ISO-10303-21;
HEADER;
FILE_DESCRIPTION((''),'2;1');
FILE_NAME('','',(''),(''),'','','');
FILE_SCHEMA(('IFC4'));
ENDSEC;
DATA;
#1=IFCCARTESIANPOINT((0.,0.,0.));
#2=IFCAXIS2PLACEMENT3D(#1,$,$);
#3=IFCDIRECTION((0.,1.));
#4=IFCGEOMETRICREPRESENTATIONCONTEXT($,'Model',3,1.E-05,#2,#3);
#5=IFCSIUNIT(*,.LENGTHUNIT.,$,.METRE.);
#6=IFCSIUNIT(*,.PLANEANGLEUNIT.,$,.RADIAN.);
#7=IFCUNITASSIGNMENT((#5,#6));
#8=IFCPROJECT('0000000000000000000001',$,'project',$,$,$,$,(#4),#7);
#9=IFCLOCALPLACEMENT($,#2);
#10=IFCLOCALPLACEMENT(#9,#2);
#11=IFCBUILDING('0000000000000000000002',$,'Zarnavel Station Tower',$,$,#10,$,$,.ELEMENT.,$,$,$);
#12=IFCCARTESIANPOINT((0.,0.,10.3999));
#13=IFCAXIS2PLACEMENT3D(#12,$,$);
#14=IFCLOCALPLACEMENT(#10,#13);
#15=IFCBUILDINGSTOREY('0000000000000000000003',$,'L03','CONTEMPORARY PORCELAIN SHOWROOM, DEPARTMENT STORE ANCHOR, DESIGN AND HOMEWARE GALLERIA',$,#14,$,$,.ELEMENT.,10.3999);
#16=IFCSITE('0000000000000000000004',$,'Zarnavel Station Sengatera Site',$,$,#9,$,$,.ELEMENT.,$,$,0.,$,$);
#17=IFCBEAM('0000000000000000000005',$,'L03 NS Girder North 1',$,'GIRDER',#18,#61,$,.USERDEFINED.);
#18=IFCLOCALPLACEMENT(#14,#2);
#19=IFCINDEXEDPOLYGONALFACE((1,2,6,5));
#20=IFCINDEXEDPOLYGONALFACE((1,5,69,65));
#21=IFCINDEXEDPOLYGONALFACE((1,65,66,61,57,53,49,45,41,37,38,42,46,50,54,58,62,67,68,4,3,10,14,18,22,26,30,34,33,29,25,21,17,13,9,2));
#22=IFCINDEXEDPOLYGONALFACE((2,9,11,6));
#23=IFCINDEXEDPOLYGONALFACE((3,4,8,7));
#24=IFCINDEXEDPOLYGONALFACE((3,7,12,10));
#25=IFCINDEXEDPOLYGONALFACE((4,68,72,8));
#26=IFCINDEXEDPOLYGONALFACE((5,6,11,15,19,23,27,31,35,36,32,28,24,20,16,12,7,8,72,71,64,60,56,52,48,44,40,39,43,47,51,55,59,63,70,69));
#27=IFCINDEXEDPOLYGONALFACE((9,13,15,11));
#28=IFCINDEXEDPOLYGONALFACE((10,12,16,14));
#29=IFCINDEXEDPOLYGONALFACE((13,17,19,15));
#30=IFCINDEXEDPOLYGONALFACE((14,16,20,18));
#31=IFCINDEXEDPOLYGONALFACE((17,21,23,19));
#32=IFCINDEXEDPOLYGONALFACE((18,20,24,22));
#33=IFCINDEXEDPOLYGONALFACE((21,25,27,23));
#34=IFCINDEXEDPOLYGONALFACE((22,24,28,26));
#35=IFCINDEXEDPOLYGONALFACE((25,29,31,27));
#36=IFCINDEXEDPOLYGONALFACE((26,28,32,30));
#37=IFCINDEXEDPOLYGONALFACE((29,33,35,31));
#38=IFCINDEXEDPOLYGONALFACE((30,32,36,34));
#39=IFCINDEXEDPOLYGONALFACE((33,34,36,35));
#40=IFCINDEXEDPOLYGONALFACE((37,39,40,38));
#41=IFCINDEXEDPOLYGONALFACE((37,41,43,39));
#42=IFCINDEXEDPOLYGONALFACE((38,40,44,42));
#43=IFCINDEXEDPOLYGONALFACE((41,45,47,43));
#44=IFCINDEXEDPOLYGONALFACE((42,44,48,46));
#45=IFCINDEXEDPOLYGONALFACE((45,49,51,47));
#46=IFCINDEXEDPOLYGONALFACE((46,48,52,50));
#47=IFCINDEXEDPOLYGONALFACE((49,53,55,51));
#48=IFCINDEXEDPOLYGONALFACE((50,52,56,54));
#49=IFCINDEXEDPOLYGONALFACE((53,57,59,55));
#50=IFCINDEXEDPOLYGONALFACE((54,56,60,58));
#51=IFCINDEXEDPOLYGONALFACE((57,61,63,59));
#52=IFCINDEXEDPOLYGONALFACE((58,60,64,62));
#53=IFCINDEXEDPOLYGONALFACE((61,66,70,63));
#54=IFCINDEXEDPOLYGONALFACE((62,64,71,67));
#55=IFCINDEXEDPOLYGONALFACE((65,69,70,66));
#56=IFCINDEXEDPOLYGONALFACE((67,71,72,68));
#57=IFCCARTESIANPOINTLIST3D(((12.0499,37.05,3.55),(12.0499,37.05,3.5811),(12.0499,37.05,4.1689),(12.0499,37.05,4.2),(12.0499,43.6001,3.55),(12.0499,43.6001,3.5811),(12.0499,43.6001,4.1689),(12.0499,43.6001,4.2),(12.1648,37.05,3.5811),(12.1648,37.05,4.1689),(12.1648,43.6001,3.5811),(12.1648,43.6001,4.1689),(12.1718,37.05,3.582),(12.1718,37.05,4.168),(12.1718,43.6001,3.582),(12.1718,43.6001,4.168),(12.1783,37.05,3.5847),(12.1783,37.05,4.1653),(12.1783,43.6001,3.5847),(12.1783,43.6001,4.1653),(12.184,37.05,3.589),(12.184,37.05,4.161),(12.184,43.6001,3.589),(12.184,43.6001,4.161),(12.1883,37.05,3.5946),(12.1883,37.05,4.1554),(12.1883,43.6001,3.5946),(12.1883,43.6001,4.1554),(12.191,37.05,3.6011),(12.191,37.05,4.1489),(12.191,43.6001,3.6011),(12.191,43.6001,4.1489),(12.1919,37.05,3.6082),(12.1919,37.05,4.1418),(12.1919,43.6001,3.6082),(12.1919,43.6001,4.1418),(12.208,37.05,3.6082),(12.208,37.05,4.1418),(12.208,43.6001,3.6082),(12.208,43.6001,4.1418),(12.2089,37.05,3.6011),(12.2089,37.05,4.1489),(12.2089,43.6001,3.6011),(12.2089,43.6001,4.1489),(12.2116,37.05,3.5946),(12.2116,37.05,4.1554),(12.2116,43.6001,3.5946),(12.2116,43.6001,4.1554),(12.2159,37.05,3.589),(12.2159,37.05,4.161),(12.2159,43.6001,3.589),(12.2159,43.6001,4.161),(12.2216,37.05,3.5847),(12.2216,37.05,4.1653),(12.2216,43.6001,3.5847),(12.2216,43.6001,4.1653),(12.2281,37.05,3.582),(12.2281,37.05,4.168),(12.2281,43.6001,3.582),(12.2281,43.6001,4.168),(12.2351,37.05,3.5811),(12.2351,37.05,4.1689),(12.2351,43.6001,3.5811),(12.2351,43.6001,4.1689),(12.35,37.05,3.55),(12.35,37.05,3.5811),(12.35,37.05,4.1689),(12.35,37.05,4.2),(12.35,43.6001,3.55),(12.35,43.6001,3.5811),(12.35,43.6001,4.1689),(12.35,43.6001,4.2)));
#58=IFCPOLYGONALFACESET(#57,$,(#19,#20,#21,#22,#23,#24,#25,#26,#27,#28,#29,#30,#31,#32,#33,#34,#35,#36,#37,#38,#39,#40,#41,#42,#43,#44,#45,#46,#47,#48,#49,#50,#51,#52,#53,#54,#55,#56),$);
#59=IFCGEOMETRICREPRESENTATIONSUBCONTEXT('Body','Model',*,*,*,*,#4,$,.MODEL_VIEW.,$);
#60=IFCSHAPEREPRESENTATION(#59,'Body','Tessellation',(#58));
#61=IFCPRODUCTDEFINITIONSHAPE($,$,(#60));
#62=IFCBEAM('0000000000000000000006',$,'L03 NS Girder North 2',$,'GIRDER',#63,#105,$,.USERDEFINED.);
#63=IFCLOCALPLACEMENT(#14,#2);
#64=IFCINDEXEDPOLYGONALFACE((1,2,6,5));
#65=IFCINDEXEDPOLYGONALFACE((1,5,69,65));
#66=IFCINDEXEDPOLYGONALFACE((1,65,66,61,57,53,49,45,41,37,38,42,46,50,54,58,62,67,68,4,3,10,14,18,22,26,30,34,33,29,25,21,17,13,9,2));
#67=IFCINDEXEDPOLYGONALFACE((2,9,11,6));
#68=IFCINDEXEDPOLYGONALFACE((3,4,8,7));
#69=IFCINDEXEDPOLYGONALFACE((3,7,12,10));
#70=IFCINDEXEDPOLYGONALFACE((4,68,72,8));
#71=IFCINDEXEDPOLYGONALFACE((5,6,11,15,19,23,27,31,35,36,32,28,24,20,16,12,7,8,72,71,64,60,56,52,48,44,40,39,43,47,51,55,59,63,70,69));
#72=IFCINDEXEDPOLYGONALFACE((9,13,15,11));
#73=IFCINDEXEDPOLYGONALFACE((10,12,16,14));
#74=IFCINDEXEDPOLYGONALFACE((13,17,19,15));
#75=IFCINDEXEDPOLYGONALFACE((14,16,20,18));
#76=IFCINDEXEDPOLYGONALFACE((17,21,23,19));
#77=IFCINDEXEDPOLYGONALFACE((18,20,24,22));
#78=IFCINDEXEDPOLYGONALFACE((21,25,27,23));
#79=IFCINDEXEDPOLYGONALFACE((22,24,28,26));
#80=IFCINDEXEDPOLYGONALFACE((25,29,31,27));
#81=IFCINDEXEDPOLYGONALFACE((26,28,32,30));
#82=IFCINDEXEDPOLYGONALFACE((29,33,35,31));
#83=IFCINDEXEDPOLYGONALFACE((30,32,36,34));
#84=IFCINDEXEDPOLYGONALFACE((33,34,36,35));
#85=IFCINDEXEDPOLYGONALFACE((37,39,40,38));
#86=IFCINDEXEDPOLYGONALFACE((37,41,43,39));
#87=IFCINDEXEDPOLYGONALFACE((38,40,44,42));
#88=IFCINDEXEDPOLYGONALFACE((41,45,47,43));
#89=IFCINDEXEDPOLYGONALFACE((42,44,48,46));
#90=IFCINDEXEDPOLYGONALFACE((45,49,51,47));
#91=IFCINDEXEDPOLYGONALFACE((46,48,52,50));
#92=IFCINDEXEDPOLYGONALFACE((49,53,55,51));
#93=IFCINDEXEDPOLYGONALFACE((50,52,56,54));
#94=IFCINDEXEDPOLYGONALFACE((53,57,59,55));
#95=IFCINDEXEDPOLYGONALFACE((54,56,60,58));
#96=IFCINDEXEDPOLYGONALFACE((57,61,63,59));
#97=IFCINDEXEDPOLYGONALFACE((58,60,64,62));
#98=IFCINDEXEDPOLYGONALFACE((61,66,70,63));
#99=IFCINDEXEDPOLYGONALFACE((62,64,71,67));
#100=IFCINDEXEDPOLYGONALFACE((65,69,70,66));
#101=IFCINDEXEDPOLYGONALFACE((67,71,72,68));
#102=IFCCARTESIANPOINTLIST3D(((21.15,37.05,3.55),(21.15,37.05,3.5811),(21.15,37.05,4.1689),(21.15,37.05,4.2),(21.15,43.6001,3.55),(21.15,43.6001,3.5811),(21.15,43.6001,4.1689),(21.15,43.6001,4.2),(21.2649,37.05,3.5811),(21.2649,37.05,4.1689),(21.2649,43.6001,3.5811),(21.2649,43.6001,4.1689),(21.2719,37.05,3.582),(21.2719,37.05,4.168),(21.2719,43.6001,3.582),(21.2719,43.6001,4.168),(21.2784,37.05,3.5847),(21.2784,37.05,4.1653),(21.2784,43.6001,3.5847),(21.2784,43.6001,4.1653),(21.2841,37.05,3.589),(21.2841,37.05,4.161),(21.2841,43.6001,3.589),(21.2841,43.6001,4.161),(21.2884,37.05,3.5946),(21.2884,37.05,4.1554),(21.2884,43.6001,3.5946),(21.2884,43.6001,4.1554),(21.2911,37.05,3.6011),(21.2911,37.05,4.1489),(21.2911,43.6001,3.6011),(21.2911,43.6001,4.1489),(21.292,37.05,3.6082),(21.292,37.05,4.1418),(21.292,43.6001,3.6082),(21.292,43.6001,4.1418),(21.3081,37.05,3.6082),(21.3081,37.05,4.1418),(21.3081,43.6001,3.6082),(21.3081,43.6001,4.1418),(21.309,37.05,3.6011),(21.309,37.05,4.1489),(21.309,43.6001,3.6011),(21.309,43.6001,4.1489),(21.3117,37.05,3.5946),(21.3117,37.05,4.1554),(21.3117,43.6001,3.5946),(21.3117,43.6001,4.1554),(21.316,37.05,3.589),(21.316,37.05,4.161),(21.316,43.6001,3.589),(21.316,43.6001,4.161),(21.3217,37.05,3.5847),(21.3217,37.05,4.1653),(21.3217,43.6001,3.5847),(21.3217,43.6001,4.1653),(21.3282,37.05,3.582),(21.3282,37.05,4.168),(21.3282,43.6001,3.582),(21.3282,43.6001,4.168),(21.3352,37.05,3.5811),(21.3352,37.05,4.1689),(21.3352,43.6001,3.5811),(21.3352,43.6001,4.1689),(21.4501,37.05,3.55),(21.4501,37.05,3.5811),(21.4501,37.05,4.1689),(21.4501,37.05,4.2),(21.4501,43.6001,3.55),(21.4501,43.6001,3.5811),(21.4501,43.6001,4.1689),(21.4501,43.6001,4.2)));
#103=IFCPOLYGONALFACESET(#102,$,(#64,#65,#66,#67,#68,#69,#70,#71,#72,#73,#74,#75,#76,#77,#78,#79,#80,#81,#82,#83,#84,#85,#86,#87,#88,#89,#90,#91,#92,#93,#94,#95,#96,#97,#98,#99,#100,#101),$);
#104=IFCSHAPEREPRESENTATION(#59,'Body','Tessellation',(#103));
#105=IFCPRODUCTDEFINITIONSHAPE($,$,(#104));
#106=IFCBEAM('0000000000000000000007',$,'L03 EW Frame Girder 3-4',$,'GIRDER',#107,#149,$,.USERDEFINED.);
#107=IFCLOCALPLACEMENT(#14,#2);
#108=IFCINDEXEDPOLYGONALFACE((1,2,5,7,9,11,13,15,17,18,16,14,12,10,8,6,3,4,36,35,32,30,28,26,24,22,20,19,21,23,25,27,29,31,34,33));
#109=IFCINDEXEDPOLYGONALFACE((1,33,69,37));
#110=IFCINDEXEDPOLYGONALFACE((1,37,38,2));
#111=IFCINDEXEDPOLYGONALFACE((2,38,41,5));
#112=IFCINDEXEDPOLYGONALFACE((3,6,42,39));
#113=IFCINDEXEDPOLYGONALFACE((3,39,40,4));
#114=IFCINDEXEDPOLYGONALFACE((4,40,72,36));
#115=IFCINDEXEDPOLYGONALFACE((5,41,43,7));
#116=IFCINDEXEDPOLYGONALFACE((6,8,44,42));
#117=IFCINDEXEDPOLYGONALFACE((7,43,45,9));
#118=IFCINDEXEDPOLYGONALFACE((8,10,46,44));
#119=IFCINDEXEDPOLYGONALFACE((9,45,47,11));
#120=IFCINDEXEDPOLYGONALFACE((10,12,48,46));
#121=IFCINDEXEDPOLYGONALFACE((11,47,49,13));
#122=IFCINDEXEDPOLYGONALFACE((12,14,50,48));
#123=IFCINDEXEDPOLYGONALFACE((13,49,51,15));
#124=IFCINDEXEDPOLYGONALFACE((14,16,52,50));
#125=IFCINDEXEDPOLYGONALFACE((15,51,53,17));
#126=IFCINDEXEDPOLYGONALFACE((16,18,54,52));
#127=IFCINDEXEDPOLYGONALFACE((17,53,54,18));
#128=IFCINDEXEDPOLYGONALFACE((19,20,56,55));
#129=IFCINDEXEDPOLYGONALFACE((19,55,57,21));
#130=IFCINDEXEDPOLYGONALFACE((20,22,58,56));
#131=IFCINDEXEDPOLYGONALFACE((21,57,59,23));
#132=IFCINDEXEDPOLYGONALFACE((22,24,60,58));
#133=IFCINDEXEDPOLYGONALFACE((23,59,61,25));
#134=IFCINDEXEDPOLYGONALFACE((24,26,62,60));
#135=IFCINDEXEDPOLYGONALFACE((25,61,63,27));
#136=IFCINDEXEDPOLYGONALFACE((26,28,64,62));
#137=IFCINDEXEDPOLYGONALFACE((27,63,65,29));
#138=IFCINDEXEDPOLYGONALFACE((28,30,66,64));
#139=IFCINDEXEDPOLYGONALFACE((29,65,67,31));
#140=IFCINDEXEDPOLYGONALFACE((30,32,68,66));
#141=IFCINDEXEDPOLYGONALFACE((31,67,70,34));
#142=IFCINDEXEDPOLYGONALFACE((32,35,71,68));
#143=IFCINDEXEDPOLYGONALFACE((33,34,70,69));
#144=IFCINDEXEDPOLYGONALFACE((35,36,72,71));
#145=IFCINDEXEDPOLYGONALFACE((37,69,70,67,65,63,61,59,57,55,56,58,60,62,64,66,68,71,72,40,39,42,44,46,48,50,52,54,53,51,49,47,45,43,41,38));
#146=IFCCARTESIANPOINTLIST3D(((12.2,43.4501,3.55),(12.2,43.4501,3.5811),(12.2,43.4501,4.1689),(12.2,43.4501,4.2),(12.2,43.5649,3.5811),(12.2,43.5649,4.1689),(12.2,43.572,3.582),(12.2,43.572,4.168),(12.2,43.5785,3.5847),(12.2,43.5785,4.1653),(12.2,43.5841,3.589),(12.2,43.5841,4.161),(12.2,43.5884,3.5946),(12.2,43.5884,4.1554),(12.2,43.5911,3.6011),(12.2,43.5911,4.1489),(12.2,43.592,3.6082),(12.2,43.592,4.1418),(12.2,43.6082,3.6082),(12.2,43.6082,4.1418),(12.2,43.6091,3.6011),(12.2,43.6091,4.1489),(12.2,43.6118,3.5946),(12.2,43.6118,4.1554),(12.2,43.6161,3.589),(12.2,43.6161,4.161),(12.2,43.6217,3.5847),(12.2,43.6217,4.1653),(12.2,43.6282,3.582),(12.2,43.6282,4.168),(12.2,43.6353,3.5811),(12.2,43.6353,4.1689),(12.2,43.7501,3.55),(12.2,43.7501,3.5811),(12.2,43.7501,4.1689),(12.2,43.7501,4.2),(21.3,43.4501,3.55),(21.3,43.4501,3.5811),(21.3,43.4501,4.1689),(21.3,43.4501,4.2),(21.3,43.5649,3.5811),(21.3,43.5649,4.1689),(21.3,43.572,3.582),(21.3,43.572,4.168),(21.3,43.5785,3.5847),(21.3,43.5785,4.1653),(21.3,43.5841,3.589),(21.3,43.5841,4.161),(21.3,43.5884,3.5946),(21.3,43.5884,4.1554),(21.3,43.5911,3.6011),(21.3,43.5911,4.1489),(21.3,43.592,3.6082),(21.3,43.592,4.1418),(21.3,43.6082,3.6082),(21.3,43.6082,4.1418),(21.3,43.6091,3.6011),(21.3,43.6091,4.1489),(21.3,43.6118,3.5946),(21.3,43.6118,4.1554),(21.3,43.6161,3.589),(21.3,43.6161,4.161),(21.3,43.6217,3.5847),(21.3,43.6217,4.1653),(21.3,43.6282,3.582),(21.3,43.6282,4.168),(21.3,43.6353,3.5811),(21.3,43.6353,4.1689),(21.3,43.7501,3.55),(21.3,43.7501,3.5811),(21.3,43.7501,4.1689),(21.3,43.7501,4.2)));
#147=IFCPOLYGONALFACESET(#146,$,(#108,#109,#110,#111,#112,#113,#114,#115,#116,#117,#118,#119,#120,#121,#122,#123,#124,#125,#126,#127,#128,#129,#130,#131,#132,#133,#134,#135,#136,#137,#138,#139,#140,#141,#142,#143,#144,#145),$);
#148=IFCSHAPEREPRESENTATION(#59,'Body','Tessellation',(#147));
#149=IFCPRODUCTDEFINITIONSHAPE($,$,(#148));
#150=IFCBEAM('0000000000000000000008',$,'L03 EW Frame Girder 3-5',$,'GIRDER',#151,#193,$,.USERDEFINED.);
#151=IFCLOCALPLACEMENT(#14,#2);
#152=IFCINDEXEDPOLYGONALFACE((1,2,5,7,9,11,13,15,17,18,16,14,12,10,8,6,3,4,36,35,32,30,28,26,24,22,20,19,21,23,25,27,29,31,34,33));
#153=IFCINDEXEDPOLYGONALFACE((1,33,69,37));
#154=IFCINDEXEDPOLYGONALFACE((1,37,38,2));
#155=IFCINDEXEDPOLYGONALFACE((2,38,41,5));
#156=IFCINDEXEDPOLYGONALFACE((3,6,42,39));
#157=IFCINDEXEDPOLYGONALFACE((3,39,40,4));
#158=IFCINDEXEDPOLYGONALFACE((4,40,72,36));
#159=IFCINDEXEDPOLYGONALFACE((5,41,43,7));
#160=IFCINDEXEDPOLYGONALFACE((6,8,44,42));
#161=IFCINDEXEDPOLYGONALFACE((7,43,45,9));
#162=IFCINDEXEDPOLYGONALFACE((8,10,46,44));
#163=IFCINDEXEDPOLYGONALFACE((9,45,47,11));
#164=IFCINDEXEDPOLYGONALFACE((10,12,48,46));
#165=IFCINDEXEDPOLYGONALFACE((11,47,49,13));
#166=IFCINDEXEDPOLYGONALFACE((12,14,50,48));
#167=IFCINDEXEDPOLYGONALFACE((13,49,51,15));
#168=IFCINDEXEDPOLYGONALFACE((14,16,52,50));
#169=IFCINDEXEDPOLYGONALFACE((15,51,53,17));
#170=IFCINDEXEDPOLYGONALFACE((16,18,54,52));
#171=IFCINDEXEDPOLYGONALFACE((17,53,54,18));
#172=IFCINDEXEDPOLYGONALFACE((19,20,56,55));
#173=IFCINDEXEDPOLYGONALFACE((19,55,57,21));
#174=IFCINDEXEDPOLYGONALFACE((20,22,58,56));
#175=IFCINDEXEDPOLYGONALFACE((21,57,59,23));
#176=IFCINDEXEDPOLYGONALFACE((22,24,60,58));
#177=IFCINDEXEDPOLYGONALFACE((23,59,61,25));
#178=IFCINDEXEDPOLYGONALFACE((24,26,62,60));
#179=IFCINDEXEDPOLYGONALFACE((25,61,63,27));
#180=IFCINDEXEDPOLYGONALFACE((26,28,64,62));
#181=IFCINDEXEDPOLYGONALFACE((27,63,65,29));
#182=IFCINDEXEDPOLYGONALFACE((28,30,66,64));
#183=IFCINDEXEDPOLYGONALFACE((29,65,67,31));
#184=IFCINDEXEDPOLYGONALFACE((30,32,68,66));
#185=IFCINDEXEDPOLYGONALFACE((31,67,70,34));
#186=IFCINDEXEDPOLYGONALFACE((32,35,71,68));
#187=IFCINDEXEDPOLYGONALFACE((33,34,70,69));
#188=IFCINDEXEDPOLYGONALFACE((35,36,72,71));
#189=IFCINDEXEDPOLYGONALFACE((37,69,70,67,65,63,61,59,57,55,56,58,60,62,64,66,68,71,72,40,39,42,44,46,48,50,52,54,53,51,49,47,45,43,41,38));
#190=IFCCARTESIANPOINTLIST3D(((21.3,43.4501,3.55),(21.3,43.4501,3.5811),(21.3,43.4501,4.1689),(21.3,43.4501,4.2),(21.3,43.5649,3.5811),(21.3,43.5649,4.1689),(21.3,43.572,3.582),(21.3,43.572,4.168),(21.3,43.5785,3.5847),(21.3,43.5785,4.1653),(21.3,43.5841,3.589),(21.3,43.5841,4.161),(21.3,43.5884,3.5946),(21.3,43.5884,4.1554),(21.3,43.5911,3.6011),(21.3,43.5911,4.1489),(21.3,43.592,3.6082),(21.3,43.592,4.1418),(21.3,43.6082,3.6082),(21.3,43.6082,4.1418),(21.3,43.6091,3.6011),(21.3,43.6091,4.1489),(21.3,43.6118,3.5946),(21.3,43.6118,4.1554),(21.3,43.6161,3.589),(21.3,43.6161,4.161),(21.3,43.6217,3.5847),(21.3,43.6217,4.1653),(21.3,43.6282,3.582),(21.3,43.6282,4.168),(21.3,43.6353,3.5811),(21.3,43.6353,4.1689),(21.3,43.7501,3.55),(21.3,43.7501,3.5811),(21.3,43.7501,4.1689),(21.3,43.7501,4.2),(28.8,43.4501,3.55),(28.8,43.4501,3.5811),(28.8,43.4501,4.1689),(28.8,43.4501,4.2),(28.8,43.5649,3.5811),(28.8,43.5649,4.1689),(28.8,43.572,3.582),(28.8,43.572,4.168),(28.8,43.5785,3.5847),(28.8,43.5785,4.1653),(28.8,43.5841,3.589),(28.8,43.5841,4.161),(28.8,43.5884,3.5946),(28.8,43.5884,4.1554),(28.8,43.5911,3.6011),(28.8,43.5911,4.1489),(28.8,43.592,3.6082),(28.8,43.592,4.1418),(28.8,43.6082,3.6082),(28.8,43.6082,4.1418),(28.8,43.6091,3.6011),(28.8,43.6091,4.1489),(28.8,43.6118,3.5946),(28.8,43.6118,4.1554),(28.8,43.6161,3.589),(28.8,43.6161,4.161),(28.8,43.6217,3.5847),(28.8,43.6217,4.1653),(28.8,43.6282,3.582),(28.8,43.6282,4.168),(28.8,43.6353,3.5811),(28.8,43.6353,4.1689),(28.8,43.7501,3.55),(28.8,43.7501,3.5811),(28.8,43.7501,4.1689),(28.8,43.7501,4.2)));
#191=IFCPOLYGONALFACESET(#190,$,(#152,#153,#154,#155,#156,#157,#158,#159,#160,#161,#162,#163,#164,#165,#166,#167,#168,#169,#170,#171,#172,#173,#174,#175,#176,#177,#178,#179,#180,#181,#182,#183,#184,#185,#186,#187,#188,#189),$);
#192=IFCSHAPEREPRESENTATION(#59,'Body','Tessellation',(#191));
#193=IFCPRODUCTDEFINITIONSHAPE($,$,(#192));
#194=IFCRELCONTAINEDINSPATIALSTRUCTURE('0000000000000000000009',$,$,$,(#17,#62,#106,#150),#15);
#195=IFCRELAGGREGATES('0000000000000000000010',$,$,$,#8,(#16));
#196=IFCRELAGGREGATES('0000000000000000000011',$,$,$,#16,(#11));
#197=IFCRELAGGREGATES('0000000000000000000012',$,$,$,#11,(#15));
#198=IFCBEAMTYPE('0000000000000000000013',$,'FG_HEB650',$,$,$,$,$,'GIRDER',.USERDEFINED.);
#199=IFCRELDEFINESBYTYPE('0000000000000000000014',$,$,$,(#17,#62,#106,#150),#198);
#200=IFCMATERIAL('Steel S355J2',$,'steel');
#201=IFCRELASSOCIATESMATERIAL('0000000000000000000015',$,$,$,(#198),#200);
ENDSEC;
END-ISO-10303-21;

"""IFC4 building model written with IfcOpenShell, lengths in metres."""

from ifc_helpers import new_model, si_unit, direction, frame, origin, origin_2d, place, context, subcontext, project, spatial, i_section, extrude, material, material_profile, profile_set, type_object, element, save


model = new_model("IFC4")

# Units and contexts
model_context = context("Model", 3, precision=1e-05, world=origin(), true_north=direction((0.0, 1.0)))
body_context = subcontext(model_context, "Body", "Model", "MODEL_VIEW")
ifc_project = project(units=[si_unit("LENGTHUNIT", "METRE"), si_unit("PLANEANGLEUNIT", "RADIAN")], contexts=[model_context])

# Site, building, storey
site_placement = place(None, origin())
site = spatial("IfcSite", under=ifc_project, at=site_placement, Name="Zarnavel Station Sengatera Site", CompositionType="ELEMENT", RefElevation=0.0)
building_placement = place(site_placement, origin())
building = spatial("IfcBuilding", under=site, at=building_placement, Name="Zarnavel Station Tower", CompositionType="ELEMENT")
storey_placement = place(building_placement, frame((0.0, 0.0, 10.3999)))
storey = spatial("IfcBuildingStorey", under=building, at=storey_placement, Name="L03", Description="CONTEMPORARY PORCELAIN SHOWROOM, DEPARTMENT STORE ANCHOR, DESIGN AND HOMEWARE GALLERIA", CompositionType="ELEMENT", Elevation=10.3999)

# Beams
ifc_material_1 = material(Name="Steel S355J2", Category="steel")
ifc_material_profile_1 = material_profile(ifc_material_1, i_section(OverallWidth=0.3, OverallDepth=0.6499, WebThickness=0.0161, FlangeThickness=0.031, FilletRadius=0.0271, at=origin_2d()), Name="HEB650")
ifc_profile_set_1 = profile_set([ifc_material_profile_1], Name="Steel S355J2")
beam_type = type_object("IfcBeamType", Name="FG_HEB650", ElementType="GIRDER", PredefinedType="USERDEFINED", material=ifc_profile_set_1)
for number, where, z_axis, x_axis, name in (
    (1, (12.2, 37.05, 3.875), (0.0, 1.0, 0.0), (-1.0, 0.0, 0.0), "L03 NS Girder North 1"),
    (2, (21.3, 37.05, 3.875), (0.0, 1.0, 0.0), (-1.0, 0.0, 0.0), "L03 NS Girder North 2"),
):
    element("IfcBeam", number, at=place(storey_placement, frame(where, z_axis=z_axis, x_axis=x_axis)), inside=storey, type_object=beam_type, Name=name, ObjectType="GIRDER", PredefinedType="USERDEFINED", context=body_context, shape_type="SweptSolid", body=[
        extrude(i_section(OverallWidth=0.3, OverallDepth=0.6499, WebThickness=0.0161, FlangeThickness=0.031, FilletRadius=0.0271, at=origin_2d()), origin(), (0.0, 0.0, 1.0), 6.55),
    ])
beam_1_placement = place(storey_placement, frame((12.2, 43.6001, 3.875), z_axis=(1.0, 0.0, 0.0), x_axis=(0.0, 1.0, 0.0)))
element("IfcBeam", 3, at=beam_1_placement, inside=storey, type_object=beam_type, Name="L03 EW Frame Girder 3-4", ObjectType="GIRDER", PredefinedType="USERDEFINED", context=body_context, shape_type="SweptSolid", body=[
    extrude(i_section(OverallWidth=0.3, OverallDepth=0.6499, WebThickness=0.0161, FlangeThickness=0.031, FilletRadius=0.0271, at=origin_2d()), origin(), (0.0, 0.0, 1.0), 9.1001),
])
beam_2_placement = place(storey_placement, frame((21.3, 43.6001, 3.875), z_axis=(1.0, 0.0, 0.0), x_axis=(0.0, 1.0, 0.0)))
element("IfcBeam", 4, at=beam_2_placement, inside=storey, type_object=beam_type, Name="L03 EW Frame Girder 3-5", ObjectType="GIRDER", PredefinedType="USERDEFINED", context=body_context, shape_type="SweptSolid", body=[
    extrude(i_section(OverallWidth=0.3, OverallDepth=0.6499, WebThickness=0.0161, FlangeThickness=0.031, FilletRadius=0.0271, at=origin_2d()), origin(), (0.0, 0.0, 1.0), 7.5),
])

save(model, "model.ifc")
